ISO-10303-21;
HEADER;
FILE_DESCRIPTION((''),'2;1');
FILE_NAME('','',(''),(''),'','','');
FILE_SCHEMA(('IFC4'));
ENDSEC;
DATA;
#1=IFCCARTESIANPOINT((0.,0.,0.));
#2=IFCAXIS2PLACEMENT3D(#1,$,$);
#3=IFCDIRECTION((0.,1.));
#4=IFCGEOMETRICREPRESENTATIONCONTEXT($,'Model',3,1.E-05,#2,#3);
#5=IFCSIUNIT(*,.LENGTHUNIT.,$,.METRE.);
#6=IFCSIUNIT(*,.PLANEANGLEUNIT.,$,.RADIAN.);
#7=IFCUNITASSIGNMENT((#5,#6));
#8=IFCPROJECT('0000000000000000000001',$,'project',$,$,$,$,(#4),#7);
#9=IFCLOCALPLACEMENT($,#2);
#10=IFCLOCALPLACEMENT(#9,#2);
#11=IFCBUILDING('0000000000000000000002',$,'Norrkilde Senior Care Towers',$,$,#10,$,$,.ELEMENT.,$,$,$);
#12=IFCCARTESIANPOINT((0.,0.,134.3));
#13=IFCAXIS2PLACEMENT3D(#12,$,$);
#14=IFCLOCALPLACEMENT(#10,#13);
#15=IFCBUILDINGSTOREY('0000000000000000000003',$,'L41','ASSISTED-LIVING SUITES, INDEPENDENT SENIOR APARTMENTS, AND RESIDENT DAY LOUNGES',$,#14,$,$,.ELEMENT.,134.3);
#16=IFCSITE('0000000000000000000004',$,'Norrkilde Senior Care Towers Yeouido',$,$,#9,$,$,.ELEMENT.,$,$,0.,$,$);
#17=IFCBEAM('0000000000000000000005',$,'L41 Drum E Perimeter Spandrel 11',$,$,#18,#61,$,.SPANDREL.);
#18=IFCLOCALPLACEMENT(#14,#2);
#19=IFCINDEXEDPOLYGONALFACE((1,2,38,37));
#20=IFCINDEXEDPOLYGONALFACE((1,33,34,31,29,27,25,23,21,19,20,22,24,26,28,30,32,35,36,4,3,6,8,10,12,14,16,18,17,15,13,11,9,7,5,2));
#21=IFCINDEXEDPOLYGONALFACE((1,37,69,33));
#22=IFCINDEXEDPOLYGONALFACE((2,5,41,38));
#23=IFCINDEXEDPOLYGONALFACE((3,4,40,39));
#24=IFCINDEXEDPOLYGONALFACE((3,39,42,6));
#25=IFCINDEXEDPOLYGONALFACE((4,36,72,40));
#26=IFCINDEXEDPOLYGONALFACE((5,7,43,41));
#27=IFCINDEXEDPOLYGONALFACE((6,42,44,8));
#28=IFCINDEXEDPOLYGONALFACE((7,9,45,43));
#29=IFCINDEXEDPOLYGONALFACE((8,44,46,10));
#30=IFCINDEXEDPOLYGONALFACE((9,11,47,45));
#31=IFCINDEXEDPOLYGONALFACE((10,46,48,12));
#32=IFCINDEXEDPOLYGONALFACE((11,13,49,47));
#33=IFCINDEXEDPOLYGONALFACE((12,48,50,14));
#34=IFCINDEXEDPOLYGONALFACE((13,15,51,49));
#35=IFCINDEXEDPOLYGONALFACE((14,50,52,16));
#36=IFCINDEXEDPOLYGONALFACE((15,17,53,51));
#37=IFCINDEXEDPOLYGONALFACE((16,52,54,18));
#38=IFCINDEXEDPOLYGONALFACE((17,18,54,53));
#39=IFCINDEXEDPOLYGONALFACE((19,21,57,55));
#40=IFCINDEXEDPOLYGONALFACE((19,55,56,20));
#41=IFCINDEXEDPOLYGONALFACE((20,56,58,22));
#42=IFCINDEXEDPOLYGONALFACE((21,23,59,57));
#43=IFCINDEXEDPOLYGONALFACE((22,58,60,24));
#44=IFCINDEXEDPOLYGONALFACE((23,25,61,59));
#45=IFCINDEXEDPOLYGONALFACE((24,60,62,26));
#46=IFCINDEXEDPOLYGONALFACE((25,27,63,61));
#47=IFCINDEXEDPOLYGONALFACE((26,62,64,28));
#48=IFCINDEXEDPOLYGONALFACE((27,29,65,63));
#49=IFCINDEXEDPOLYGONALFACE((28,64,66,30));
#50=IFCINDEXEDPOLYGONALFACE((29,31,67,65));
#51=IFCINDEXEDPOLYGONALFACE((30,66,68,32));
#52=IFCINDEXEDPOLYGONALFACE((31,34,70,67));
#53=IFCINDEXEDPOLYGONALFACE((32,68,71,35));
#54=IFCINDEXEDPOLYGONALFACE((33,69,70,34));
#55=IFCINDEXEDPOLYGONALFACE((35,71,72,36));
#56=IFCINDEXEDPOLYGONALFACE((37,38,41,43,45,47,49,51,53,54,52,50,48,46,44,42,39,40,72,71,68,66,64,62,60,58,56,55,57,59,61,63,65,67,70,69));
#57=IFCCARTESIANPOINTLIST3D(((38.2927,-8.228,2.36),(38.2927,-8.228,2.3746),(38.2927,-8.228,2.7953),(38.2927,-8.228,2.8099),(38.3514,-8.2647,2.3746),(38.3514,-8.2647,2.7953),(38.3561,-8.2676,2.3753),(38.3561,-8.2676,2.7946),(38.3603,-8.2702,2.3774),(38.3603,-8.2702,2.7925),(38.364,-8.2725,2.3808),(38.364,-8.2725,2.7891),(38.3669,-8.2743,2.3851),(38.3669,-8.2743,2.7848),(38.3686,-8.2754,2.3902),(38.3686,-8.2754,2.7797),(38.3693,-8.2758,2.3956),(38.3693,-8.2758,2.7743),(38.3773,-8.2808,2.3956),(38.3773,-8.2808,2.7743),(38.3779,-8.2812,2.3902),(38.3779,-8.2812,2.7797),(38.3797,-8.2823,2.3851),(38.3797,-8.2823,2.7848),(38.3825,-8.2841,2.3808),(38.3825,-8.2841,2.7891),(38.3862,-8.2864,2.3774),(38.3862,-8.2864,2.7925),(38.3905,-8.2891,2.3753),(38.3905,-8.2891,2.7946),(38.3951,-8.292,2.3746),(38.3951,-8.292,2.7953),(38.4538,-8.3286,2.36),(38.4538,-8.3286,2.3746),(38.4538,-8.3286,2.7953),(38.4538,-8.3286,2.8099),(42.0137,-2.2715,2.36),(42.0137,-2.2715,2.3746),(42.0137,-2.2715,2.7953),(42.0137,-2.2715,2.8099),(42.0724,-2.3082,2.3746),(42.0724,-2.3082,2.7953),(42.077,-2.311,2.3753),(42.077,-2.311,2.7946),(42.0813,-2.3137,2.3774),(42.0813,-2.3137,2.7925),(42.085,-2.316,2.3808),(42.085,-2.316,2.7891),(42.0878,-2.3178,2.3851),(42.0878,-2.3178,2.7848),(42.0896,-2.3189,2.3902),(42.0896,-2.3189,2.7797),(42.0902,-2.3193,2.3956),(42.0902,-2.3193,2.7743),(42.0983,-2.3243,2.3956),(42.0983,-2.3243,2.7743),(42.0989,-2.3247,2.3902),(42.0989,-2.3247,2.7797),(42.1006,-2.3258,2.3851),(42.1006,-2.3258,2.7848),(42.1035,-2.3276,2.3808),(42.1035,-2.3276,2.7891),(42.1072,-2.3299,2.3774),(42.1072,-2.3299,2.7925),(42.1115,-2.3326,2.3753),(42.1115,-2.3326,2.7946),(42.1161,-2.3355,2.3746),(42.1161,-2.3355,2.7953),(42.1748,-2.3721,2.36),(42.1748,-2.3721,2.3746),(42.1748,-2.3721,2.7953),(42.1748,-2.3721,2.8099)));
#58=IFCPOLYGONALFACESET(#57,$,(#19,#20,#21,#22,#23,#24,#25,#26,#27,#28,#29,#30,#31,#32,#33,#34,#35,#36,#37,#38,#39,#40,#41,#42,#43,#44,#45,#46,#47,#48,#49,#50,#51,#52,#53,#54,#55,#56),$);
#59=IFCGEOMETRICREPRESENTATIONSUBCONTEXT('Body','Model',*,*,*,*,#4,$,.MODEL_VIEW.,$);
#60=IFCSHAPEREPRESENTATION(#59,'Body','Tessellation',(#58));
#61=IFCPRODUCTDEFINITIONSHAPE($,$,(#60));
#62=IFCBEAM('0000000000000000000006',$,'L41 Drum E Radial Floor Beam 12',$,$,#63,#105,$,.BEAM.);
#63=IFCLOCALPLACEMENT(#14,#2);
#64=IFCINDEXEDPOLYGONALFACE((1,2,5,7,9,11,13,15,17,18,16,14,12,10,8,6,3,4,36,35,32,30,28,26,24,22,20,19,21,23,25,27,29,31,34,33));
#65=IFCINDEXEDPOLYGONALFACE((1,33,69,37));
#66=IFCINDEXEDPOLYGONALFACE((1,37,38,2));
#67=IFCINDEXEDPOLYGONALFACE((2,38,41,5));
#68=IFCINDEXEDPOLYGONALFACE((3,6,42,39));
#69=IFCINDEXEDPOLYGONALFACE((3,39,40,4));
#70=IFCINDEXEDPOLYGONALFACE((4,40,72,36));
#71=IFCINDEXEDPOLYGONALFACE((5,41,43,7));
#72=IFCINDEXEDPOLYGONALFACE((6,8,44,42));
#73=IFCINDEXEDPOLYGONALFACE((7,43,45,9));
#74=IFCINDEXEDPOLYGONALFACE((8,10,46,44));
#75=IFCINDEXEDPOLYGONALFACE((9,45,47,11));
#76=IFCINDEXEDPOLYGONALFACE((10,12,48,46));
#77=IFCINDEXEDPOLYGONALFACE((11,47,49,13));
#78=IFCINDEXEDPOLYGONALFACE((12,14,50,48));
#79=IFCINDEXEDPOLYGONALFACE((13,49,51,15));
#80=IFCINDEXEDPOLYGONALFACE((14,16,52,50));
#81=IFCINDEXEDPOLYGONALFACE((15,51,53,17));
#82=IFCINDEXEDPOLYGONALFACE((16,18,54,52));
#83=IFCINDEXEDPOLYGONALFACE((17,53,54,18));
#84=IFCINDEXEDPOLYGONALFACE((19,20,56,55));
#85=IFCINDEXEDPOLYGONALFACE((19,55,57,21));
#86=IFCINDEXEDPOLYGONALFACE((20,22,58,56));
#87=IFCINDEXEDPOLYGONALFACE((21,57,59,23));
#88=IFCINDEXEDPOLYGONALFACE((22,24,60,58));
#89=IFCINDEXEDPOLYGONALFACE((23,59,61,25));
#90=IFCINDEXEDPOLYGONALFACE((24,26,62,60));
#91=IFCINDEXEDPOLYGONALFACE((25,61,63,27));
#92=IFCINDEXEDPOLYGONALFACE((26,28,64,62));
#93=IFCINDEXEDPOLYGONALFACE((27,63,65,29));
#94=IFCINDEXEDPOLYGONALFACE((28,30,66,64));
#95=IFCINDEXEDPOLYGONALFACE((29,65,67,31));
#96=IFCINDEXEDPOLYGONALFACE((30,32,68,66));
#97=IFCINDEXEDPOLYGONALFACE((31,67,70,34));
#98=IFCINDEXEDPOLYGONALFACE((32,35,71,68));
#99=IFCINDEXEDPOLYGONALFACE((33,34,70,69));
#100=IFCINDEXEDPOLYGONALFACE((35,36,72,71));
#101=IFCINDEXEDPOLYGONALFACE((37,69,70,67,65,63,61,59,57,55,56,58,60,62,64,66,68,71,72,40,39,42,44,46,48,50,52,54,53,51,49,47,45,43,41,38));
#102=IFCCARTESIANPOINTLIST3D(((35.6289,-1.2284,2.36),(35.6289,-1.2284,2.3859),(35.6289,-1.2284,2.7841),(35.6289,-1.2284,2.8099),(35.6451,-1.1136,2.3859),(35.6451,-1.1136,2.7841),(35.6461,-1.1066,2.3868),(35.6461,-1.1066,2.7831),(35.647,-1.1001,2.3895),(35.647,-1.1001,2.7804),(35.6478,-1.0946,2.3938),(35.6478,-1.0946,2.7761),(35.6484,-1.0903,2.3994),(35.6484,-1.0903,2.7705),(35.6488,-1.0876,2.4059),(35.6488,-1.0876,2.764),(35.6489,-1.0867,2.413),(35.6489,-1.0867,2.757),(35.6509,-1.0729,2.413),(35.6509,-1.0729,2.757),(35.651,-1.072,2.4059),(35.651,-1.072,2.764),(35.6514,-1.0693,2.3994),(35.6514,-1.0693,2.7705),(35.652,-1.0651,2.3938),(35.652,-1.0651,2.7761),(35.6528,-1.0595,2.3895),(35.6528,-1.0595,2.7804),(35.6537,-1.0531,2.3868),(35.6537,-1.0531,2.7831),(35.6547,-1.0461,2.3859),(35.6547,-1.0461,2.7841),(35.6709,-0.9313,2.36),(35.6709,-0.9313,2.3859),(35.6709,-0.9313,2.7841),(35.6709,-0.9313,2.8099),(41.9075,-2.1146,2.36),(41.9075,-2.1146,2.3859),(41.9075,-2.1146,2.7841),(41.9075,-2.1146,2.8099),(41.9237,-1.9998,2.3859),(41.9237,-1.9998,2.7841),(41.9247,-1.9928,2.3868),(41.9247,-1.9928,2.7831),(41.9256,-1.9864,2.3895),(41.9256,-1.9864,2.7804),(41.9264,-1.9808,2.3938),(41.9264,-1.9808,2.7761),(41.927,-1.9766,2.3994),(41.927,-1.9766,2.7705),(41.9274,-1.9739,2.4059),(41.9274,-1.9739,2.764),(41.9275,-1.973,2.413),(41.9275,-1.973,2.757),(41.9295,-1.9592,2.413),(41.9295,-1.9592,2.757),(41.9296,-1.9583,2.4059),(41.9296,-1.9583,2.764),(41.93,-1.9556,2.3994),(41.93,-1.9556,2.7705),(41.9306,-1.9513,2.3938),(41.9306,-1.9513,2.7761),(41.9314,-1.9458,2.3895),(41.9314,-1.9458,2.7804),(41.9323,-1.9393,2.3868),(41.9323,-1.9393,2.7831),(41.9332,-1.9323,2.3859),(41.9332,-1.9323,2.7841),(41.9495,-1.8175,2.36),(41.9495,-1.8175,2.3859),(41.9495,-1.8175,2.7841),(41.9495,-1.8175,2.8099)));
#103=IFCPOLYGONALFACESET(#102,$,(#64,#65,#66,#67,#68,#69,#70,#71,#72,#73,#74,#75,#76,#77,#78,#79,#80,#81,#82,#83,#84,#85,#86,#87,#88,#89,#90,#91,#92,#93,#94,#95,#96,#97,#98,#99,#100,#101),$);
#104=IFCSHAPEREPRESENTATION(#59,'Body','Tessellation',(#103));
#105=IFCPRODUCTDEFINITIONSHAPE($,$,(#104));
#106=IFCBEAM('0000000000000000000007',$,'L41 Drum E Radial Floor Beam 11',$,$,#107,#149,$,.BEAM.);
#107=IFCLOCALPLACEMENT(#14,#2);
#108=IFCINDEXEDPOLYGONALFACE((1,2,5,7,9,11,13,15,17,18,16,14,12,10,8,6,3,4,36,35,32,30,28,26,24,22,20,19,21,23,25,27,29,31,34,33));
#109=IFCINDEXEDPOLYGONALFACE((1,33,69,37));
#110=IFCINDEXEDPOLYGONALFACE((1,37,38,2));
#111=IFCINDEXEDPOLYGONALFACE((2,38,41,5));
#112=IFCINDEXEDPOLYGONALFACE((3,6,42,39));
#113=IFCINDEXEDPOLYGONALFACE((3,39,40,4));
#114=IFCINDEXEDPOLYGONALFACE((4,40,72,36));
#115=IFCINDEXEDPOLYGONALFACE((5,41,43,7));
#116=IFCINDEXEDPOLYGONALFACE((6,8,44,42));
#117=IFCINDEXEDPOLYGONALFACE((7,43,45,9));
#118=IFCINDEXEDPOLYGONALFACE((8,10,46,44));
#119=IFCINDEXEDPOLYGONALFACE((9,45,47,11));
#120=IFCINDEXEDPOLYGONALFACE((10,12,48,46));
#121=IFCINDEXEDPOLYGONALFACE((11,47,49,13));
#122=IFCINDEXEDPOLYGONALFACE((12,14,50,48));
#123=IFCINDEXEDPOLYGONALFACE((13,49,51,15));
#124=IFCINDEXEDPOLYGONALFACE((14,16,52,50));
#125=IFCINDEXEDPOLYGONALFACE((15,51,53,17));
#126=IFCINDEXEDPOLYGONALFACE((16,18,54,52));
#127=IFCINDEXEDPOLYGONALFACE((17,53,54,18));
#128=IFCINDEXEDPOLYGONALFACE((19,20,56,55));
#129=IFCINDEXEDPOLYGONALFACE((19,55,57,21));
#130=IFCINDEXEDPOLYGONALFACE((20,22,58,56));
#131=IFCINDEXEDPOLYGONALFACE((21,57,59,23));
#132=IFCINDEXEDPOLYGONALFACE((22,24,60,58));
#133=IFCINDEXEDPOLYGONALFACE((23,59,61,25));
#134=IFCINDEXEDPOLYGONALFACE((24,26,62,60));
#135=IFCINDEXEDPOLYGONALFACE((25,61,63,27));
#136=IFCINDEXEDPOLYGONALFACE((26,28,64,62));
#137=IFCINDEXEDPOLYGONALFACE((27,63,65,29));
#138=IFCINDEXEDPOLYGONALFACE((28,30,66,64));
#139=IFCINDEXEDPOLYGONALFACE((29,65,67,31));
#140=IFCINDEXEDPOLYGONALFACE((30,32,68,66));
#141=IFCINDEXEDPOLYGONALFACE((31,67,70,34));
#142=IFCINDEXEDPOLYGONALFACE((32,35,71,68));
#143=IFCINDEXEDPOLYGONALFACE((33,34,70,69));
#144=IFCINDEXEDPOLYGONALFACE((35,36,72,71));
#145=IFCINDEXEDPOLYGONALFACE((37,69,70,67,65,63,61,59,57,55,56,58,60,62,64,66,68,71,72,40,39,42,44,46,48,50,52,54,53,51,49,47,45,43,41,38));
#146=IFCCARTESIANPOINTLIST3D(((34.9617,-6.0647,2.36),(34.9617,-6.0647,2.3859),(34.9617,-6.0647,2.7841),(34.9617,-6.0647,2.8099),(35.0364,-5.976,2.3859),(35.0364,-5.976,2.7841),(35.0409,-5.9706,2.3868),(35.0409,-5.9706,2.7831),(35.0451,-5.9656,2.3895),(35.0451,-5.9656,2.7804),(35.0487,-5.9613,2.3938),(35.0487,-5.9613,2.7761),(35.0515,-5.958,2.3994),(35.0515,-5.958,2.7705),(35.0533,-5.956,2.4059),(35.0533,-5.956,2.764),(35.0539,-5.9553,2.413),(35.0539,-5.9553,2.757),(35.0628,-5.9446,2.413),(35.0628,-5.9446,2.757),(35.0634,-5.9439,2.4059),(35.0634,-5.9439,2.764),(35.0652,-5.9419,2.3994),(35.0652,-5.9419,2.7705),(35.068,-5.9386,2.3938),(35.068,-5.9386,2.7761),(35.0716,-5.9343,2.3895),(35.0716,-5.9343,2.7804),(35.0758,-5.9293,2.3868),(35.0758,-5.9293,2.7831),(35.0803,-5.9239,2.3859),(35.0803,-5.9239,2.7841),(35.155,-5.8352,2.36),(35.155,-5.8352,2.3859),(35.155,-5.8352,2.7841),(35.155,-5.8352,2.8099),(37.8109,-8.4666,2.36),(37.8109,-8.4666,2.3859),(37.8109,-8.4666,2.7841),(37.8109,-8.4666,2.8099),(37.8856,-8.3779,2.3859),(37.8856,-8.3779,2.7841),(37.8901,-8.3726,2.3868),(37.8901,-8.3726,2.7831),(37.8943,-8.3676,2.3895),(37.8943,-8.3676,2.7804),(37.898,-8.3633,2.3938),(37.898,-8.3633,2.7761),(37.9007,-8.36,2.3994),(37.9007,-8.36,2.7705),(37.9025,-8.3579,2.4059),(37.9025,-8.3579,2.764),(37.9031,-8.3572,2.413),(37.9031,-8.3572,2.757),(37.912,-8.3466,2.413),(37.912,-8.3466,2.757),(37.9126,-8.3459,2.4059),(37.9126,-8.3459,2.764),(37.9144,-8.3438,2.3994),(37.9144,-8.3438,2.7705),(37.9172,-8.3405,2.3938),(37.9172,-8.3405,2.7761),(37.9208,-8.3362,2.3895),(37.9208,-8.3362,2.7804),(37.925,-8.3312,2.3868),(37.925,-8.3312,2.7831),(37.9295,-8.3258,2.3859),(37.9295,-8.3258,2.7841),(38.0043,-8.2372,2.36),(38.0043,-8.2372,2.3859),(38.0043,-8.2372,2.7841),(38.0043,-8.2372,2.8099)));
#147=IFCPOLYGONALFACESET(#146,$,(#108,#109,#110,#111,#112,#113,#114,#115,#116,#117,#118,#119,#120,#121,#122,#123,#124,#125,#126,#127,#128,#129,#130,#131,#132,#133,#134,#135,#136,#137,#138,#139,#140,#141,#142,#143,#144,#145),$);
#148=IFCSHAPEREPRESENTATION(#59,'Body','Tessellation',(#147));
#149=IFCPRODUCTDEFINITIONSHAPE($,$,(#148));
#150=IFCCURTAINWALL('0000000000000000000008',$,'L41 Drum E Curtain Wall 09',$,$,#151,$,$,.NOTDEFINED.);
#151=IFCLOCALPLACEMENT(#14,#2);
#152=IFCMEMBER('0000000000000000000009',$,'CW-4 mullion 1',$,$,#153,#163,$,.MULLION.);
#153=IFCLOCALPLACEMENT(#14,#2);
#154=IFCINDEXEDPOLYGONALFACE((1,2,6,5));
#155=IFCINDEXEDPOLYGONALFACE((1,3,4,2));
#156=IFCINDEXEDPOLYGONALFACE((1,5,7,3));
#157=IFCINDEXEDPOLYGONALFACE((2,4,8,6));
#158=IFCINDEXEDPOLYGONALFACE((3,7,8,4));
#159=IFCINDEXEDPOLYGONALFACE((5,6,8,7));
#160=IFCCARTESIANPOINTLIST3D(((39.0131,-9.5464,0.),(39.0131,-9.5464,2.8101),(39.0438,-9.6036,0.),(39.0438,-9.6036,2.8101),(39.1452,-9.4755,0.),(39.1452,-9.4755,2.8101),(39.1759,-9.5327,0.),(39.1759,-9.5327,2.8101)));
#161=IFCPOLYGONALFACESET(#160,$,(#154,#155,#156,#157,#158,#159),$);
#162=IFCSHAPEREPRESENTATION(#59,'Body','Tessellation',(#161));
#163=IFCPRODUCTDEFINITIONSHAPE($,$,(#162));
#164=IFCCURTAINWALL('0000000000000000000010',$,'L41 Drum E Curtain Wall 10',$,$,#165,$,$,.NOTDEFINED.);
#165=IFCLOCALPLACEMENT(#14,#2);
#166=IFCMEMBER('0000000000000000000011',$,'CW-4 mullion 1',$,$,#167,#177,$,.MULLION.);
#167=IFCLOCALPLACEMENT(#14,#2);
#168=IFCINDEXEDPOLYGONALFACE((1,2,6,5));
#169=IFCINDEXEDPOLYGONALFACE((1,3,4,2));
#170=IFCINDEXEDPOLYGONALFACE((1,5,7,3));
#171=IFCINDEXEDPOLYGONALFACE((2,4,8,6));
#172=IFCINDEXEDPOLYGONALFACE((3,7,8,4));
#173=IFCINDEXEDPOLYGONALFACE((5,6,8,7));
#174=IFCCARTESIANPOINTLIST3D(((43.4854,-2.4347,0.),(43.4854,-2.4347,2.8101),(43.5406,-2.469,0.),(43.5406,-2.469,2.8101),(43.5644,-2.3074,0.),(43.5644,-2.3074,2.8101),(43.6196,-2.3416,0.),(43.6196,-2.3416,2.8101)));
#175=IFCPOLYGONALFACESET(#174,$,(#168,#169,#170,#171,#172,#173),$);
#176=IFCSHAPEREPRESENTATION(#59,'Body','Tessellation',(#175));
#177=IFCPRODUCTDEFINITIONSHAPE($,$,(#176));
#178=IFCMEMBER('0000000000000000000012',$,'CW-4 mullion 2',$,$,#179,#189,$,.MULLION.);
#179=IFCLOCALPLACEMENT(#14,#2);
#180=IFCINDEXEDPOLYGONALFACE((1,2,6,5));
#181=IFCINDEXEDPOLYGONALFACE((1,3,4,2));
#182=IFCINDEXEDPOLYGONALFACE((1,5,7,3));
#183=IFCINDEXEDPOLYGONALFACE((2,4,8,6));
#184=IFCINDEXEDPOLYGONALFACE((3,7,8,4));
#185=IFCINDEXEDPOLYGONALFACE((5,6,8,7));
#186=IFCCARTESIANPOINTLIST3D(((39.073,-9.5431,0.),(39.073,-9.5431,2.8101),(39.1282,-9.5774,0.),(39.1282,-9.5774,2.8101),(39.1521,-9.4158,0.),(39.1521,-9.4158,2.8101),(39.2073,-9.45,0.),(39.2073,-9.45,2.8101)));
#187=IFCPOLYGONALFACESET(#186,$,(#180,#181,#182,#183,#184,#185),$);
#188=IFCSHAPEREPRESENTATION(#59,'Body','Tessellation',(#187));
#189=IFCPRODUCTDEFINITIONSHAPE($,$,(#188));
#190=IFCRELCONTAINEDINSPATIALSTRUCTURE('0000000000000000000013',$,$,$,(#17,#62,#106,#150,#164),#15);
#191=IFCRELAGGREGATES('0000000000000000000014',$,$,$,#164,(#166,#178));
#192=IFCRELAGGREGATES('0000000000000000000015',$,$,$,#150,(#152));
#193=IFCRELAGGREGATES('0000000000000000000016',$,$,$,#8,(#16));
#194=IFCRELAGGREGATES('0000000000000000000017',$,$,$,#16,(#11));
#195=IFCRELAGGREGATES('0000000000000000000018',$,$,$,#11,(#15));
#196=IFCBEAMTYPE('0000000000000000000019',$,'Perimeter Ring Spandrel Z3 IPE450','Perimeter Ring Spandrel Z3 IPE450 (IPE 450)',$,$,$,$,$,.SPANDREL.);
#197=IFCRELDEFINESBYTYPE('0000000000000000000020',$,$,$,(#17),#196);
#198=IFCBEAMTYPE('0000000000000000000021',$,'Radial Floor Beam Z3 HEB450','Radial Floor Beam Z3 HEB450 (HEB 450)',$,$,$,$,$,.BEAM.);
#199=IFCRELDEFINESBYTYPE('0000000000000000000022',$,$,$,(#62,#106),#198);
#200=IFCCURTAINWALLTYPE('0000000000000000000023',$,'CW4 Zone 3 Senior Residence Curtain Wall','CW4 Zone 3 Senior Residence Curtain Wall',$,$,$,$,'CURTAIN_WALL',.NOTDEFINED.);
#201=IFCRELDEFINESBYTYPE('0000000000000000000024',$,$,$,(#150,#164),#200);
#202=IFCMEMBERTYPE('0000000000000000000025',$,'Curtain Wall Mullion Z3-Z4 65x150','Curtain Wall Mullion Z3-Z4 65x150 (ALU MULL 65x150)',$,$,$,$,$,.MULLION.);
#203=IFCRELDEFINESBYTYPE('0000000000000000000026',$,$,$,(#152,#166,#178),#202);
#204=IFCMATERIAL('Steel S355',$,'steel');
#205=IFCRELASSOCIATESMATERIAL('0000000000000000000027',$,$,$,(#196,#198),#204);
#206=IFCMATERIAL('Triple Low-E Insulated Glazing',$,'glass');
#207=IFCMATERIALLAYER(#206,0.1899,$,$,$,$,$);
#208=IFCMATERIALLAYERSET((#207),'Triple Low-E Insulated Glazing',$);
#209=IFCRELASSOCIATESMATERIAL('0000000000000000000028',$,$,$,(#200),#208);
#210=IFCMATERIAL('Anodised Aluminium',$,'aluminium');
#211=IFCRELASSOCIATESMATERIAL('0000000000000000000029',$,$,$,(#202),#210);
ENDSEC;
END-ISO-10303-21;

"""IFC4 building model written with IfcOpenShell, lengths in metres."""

from ifc_helpers import new_model, si_unit, direction, frame, origin, origin_2d, place, context, subcontext, project, spatial, rectangle, i_section, extrude, source, transform, mapped, material, layer, layer_set, material_profile, profile_set, type_object, type_shapes, element, aggregate, save


model = new_model("IFC4")

# Units and contexts
model_context = context("Model", 3, precision=1e-05, world=origin(), true_north=direction((0.0, 1.0)))
body_context = subcontext(model_context, "Body", "Model", "MODEL_VIEW")
ifc_project = project(units=[si_unit("LENGTHUNIT", "METRE"), si_unit("PLANEANGLEUNIT", "RADIAN")], contexts=[model_context])

# Site, building, storey
site_placement = place(None, origin())
site = spatial("IfcSite", under=ifc_project, at=site_placement, Name="Norrkilde Senior Care Towers Yeouido", CompositionType="ELEMENT", RefElevation=0.0)
building_placement = place(site_placement, origin())
building = spatial("IfcBuilding", under=site, at=building_placement, Name="Norrkilde Senior Care Towers", CompositionType="ELEMENT")
storey_placement = place(building_placement, frame((0.0, 0.0, 134.3)))
storey = spatial("IfcBuildingStorey", under=building, at=storey_placement, Name="L41", Description="ASSISTED-LIVING SUITES, INDEPENDENT SENIOR APARTMENTS, AND RESIDENT DAY LOUNGES", CompositionType="ELEMENT", Elevation=134.3)

# Beams
ifc_material_1 = material(Name="Steel S355", Category="steel")
ifc_material_profile_1 = material_profile(ifc_material_1, i_section(OverallWidth=0.1899, OverallDepth=0.45, WebThickness=0.0095, FlangeThickness=0.0146, FilletRadius=0.021, at=origin_2d()), Name="IPE 450")
ifc_profile_set_1 = profile_set([ifc_material_profile_1], Name="Steel S355")
beam_type_1 = type_object("IfcBeamType", Name="Perimeter Ring Spandrel Z3 IPE450", Description="Perimeter Ring Spandrel Z3 IPE450 (IPE 450)", PredefinedType="SPANDREL", material=ifc_profile_set_1)
shared_shape_1 = source(origin(), body_context, "Body", "SweptSolid", [
    extrude(i_section(OverallWidth=0.1899, OverallDepth=0.45, WebThickness=0.0095, FlangeThickness=0.0146, FilletRadius=0.021, at=origin_2d()), origin(), (0.0, 0.0, 1.0), 7.0232),
])
beam_1_placement = place(storey_placement, frame((38.3733, -8.2783, 2.585), z_axis=(0.529805, 0.848119, 0.0), x_axis=(-0.848119, 0.529805, 0.0)))
element("IfcBeam", 1, at=beam_1_placement, inside=storey, type_object=beam_type_1, Name="L41 Drum E Perimeter Spandrel 11", PredefinedType="SPANDREL", context=body_context, shape_type="MappedRepresentation", body=[
    mapped(shared_shape_1, transform((0.0, 0.0, 0.0), x_axis=(1.0, 0.0, 0.0), y_axis=(0.0, 1.0, 0.0), z_axis=(0.0, 0.0, 1.0), scale=1.0)),
])
ifc_material_profile_2 = material_profile(ifc_material_1, i_section(OverallWidth=0.3, OverallDepth=0.45, WebThickness=0.0139, FlangeThickness=0.0259, FilletRadius=0.0271, at=origin_2d()), Name="HEB 450")
ifc_profile_set_2 = profile_set([ifc_material_profile_2], Name="Steel S355")
beam_type_2 = type_object("IfcBeamType", Name="Radial Floor Beam Z3 HEB450", Description="Radial Floor Beam Z3 HEB450 (HEB 450)", PredefinedType="BEAM", material=ifc_profile_set_2)
shared_shape_2 = source(origin(), body_context, "Body", "SweptSolid", [
    extrude(i_section(OverallWidth=0.3, OverallDepth=0.45, WebThickness=0.0139, FlangeThickness=0.0259, FilletRadius=0.0271, at=origin_2d()), origin(), (0.0, 0.0, 1.0), 6.3408),
])
beam_2_placement = place(storey_placement, frame((35.6499, -1.0798, 2.585), z_axis=(0.990185, -0.139766, 0.0), x_axis=(0.139766, 0.990185, 0.0)))
element("IfcBeam", 2, at=beam_2_placement, inside=storey, type_object=beam_type_2, Name="L41 Drum E Radial Floor Beam 12", PredefinedType="BEAM", context=body_context, shape_type="MappedRepresentation", body=[
    mapped(shared_shape_2, transform((0.0, 0.0, 0.0), x_axis=(1.0, 0.0, 0.0), y_axis=(0.0, 1.0, 0.0), z_axis=(0.0, 0.0, 1.0), scale=1.0)),
])
shared_shape_3 = source(origin(), body_context, "Body", "SweptSolid", [
    extrude(i_section(OverallWidth=0.3, OverallDepth=0.45, WebThickness=0.0139, FlangeThickness=0.0259, FilletRadius=0.0271, at=origin_2d()), origin(), (0.0, 0.0, 1.0), 3.7266),
])
type_shapes(beam_type_2, [shared_shape_2, shared_shape_3])
beam_3_placement = place(storey_placement, frame((35.0583, -5.95, 2.585), z_axis=(0.764568, -0.644543, 0.0), x_axis=(0.644543, 0.764568, 0.0)))
element("IfcBeam", 3, at=beam_3_placement, inside=storey, type_object=beam_type_2, Name="L41 Drum E Radial Floor Beam 11", PredefinedType="BEAM", context=body_context, shape_type="MappedRepresentation", body=[
    mapped(shared_shape_3, transform((0.0, 0.0, 0.0), x_axis=(1.0, 0.0, 0.0), y_axis=(0.0, 1.0, 0.0), z_axis=(0.0, 0.0, 1.0), scale=1.0)),
])

# Curtain wall, member
ifc_material_2 = material(Name="Triple Low-E Insulated Glazing", Category="glass")
ifc_layer_1 = layer(ifc_material_2, 0.1899)
ifc_layer_set_1 = layer_set([ifc_layer_1], Name="Triple Low-E Insulated Glazing")
curtain_wall_type = type_object("IfcCurtainWallType", Name="CW4 Zone 3 Senior Residence Curtain Wall", Description="CW4 Zone 3 Senior Residence Curtain Wall", ElementType="CURTAIN_WALL", PredefinedType="NOTDEFINED", material=ifc_layer_set_1)
curtain_wall_1_placement = place(storey_placement, origin())
curtain_wall_1 = element("IfcCurtainWall", 4, at=curtain_wall_1_placement, inside=storey, type_object=curtain_wall_type, Name="L41 Drum E Curtain Wall 09", PredefinedType="NOTDEFINED")
ifc_material_3 = material(Name="Anodised Aluminium", Category="aluminium")
ifc_material_profile_3 = material_profile(ifc_material_3, rectangle(XDim=0.0649, YDim=0.1499, at=origin_2d()), Name="ALU MULL 65x150")
ifc_profile_set_3 = profile_set([ifc_material_profile_3], Name="Anodised Aluminium")
member_type_1 = type_object("IfcMemberType", Name="Curtain Wall Mullion Z3-Z4 65x150", Description="Curtain Wall Mullion Z3-Z4 65x150 (ALU MULL 65x150)", PredefinedType="MULLION", material=ifc_profile_set_3)
shared_shape_4 = source(origin(), body_context, "Body", "SweptSolid", [
    extrude(rectangle(XDim=0.0649, YDim=0.1499, at=origin_2d()), origin(), (0.0, 0.0, 1.0), 2.8101),
])
type_shapes(member_type_1, [shared_shape_4])
member_1_placement = place(storey_placement, frame((39.0945, -9.5396, 0.0), z_axis=(0.0, 0.0, 1.0), x_axis=(0.473117, -0.881, 0.0)))
member_1 = element("IfcMember", 5, at=member_1_placement, type_object=member_type_1, Name="CW-4 mullion 1", PredefinedType="MULLION", context=body_context, shape_type="MappedRepresentation", body=[
    mapped(shared_shape_4, transform((0.0, 0.0, 0.0), x_axis=(1.0, 0.0, 0.0), y_axis=(0.0, 1.0, 0.0), z_axis=(0.0, 0.0, 1.0), scale=1.0)),
])

# Curtain wall, members
curtain_wall_2_placement = place(storey_placement, origin())
curtain_wall_2 = element("IfcCurtainWall", 6, at=curtain_wall_2_placement, inside=storey, type_object=curtain_wall_type, Name="L41 Drum E Curtain Wall 10", PredefinedType="NOTDEFINED")
member_2_placement = place(storey_placement, frame((43.5525, -2.3882, 0.0), z_axis=(0.0, 0.0, 1.0), x_axis=(0.849634, -0.527373, 0.0)))
member_2 = element("IfcMember", 7, at=member_2_placement, type_object=member_type_1, Name="CW-4 mullion 1", PredefinedType="MULLION", context=body_context, shape_type="MappedRepresentation", body=[
    mapped(shared_shape_4, transform((0.0, 0.0, 0.0), x_axis=(1.0, 0.0, 0.0), y_axis=(0.0, 1.0, 0.0), z_axis=(0.0, 0.0, 1.0), scale=1.0)),
])
member_3_placement = place(storey_placement, frame((39.1401, -9.4966, 0.0), z_axis=(0.0, 0.0, 1.0), x_axis=(0.849634, -0.527373, 0.0)))
member_3 = element("IfcMember", 8, at=member_3_placement, type_object=member_type_1, Name="CW-4 mullion 2", PredefinedType="MULLION", context=body_context, shape_type="MappedRepresentation", body=[
    mapped(shared_shape_4, transform((0.0, 0.0, 0.0), x_axis=(1.0, 0.0, 0.0), y_axis=(0.0, 1.0, 0.0), z_axis=(0.0, 0.0, 1.0), scale=1.0)),
])

aggregate(curtain_wall_2, [member_2, member_3])
aggregate(curtain_wall_1, [member_1])

save(model, "model.ifc")
